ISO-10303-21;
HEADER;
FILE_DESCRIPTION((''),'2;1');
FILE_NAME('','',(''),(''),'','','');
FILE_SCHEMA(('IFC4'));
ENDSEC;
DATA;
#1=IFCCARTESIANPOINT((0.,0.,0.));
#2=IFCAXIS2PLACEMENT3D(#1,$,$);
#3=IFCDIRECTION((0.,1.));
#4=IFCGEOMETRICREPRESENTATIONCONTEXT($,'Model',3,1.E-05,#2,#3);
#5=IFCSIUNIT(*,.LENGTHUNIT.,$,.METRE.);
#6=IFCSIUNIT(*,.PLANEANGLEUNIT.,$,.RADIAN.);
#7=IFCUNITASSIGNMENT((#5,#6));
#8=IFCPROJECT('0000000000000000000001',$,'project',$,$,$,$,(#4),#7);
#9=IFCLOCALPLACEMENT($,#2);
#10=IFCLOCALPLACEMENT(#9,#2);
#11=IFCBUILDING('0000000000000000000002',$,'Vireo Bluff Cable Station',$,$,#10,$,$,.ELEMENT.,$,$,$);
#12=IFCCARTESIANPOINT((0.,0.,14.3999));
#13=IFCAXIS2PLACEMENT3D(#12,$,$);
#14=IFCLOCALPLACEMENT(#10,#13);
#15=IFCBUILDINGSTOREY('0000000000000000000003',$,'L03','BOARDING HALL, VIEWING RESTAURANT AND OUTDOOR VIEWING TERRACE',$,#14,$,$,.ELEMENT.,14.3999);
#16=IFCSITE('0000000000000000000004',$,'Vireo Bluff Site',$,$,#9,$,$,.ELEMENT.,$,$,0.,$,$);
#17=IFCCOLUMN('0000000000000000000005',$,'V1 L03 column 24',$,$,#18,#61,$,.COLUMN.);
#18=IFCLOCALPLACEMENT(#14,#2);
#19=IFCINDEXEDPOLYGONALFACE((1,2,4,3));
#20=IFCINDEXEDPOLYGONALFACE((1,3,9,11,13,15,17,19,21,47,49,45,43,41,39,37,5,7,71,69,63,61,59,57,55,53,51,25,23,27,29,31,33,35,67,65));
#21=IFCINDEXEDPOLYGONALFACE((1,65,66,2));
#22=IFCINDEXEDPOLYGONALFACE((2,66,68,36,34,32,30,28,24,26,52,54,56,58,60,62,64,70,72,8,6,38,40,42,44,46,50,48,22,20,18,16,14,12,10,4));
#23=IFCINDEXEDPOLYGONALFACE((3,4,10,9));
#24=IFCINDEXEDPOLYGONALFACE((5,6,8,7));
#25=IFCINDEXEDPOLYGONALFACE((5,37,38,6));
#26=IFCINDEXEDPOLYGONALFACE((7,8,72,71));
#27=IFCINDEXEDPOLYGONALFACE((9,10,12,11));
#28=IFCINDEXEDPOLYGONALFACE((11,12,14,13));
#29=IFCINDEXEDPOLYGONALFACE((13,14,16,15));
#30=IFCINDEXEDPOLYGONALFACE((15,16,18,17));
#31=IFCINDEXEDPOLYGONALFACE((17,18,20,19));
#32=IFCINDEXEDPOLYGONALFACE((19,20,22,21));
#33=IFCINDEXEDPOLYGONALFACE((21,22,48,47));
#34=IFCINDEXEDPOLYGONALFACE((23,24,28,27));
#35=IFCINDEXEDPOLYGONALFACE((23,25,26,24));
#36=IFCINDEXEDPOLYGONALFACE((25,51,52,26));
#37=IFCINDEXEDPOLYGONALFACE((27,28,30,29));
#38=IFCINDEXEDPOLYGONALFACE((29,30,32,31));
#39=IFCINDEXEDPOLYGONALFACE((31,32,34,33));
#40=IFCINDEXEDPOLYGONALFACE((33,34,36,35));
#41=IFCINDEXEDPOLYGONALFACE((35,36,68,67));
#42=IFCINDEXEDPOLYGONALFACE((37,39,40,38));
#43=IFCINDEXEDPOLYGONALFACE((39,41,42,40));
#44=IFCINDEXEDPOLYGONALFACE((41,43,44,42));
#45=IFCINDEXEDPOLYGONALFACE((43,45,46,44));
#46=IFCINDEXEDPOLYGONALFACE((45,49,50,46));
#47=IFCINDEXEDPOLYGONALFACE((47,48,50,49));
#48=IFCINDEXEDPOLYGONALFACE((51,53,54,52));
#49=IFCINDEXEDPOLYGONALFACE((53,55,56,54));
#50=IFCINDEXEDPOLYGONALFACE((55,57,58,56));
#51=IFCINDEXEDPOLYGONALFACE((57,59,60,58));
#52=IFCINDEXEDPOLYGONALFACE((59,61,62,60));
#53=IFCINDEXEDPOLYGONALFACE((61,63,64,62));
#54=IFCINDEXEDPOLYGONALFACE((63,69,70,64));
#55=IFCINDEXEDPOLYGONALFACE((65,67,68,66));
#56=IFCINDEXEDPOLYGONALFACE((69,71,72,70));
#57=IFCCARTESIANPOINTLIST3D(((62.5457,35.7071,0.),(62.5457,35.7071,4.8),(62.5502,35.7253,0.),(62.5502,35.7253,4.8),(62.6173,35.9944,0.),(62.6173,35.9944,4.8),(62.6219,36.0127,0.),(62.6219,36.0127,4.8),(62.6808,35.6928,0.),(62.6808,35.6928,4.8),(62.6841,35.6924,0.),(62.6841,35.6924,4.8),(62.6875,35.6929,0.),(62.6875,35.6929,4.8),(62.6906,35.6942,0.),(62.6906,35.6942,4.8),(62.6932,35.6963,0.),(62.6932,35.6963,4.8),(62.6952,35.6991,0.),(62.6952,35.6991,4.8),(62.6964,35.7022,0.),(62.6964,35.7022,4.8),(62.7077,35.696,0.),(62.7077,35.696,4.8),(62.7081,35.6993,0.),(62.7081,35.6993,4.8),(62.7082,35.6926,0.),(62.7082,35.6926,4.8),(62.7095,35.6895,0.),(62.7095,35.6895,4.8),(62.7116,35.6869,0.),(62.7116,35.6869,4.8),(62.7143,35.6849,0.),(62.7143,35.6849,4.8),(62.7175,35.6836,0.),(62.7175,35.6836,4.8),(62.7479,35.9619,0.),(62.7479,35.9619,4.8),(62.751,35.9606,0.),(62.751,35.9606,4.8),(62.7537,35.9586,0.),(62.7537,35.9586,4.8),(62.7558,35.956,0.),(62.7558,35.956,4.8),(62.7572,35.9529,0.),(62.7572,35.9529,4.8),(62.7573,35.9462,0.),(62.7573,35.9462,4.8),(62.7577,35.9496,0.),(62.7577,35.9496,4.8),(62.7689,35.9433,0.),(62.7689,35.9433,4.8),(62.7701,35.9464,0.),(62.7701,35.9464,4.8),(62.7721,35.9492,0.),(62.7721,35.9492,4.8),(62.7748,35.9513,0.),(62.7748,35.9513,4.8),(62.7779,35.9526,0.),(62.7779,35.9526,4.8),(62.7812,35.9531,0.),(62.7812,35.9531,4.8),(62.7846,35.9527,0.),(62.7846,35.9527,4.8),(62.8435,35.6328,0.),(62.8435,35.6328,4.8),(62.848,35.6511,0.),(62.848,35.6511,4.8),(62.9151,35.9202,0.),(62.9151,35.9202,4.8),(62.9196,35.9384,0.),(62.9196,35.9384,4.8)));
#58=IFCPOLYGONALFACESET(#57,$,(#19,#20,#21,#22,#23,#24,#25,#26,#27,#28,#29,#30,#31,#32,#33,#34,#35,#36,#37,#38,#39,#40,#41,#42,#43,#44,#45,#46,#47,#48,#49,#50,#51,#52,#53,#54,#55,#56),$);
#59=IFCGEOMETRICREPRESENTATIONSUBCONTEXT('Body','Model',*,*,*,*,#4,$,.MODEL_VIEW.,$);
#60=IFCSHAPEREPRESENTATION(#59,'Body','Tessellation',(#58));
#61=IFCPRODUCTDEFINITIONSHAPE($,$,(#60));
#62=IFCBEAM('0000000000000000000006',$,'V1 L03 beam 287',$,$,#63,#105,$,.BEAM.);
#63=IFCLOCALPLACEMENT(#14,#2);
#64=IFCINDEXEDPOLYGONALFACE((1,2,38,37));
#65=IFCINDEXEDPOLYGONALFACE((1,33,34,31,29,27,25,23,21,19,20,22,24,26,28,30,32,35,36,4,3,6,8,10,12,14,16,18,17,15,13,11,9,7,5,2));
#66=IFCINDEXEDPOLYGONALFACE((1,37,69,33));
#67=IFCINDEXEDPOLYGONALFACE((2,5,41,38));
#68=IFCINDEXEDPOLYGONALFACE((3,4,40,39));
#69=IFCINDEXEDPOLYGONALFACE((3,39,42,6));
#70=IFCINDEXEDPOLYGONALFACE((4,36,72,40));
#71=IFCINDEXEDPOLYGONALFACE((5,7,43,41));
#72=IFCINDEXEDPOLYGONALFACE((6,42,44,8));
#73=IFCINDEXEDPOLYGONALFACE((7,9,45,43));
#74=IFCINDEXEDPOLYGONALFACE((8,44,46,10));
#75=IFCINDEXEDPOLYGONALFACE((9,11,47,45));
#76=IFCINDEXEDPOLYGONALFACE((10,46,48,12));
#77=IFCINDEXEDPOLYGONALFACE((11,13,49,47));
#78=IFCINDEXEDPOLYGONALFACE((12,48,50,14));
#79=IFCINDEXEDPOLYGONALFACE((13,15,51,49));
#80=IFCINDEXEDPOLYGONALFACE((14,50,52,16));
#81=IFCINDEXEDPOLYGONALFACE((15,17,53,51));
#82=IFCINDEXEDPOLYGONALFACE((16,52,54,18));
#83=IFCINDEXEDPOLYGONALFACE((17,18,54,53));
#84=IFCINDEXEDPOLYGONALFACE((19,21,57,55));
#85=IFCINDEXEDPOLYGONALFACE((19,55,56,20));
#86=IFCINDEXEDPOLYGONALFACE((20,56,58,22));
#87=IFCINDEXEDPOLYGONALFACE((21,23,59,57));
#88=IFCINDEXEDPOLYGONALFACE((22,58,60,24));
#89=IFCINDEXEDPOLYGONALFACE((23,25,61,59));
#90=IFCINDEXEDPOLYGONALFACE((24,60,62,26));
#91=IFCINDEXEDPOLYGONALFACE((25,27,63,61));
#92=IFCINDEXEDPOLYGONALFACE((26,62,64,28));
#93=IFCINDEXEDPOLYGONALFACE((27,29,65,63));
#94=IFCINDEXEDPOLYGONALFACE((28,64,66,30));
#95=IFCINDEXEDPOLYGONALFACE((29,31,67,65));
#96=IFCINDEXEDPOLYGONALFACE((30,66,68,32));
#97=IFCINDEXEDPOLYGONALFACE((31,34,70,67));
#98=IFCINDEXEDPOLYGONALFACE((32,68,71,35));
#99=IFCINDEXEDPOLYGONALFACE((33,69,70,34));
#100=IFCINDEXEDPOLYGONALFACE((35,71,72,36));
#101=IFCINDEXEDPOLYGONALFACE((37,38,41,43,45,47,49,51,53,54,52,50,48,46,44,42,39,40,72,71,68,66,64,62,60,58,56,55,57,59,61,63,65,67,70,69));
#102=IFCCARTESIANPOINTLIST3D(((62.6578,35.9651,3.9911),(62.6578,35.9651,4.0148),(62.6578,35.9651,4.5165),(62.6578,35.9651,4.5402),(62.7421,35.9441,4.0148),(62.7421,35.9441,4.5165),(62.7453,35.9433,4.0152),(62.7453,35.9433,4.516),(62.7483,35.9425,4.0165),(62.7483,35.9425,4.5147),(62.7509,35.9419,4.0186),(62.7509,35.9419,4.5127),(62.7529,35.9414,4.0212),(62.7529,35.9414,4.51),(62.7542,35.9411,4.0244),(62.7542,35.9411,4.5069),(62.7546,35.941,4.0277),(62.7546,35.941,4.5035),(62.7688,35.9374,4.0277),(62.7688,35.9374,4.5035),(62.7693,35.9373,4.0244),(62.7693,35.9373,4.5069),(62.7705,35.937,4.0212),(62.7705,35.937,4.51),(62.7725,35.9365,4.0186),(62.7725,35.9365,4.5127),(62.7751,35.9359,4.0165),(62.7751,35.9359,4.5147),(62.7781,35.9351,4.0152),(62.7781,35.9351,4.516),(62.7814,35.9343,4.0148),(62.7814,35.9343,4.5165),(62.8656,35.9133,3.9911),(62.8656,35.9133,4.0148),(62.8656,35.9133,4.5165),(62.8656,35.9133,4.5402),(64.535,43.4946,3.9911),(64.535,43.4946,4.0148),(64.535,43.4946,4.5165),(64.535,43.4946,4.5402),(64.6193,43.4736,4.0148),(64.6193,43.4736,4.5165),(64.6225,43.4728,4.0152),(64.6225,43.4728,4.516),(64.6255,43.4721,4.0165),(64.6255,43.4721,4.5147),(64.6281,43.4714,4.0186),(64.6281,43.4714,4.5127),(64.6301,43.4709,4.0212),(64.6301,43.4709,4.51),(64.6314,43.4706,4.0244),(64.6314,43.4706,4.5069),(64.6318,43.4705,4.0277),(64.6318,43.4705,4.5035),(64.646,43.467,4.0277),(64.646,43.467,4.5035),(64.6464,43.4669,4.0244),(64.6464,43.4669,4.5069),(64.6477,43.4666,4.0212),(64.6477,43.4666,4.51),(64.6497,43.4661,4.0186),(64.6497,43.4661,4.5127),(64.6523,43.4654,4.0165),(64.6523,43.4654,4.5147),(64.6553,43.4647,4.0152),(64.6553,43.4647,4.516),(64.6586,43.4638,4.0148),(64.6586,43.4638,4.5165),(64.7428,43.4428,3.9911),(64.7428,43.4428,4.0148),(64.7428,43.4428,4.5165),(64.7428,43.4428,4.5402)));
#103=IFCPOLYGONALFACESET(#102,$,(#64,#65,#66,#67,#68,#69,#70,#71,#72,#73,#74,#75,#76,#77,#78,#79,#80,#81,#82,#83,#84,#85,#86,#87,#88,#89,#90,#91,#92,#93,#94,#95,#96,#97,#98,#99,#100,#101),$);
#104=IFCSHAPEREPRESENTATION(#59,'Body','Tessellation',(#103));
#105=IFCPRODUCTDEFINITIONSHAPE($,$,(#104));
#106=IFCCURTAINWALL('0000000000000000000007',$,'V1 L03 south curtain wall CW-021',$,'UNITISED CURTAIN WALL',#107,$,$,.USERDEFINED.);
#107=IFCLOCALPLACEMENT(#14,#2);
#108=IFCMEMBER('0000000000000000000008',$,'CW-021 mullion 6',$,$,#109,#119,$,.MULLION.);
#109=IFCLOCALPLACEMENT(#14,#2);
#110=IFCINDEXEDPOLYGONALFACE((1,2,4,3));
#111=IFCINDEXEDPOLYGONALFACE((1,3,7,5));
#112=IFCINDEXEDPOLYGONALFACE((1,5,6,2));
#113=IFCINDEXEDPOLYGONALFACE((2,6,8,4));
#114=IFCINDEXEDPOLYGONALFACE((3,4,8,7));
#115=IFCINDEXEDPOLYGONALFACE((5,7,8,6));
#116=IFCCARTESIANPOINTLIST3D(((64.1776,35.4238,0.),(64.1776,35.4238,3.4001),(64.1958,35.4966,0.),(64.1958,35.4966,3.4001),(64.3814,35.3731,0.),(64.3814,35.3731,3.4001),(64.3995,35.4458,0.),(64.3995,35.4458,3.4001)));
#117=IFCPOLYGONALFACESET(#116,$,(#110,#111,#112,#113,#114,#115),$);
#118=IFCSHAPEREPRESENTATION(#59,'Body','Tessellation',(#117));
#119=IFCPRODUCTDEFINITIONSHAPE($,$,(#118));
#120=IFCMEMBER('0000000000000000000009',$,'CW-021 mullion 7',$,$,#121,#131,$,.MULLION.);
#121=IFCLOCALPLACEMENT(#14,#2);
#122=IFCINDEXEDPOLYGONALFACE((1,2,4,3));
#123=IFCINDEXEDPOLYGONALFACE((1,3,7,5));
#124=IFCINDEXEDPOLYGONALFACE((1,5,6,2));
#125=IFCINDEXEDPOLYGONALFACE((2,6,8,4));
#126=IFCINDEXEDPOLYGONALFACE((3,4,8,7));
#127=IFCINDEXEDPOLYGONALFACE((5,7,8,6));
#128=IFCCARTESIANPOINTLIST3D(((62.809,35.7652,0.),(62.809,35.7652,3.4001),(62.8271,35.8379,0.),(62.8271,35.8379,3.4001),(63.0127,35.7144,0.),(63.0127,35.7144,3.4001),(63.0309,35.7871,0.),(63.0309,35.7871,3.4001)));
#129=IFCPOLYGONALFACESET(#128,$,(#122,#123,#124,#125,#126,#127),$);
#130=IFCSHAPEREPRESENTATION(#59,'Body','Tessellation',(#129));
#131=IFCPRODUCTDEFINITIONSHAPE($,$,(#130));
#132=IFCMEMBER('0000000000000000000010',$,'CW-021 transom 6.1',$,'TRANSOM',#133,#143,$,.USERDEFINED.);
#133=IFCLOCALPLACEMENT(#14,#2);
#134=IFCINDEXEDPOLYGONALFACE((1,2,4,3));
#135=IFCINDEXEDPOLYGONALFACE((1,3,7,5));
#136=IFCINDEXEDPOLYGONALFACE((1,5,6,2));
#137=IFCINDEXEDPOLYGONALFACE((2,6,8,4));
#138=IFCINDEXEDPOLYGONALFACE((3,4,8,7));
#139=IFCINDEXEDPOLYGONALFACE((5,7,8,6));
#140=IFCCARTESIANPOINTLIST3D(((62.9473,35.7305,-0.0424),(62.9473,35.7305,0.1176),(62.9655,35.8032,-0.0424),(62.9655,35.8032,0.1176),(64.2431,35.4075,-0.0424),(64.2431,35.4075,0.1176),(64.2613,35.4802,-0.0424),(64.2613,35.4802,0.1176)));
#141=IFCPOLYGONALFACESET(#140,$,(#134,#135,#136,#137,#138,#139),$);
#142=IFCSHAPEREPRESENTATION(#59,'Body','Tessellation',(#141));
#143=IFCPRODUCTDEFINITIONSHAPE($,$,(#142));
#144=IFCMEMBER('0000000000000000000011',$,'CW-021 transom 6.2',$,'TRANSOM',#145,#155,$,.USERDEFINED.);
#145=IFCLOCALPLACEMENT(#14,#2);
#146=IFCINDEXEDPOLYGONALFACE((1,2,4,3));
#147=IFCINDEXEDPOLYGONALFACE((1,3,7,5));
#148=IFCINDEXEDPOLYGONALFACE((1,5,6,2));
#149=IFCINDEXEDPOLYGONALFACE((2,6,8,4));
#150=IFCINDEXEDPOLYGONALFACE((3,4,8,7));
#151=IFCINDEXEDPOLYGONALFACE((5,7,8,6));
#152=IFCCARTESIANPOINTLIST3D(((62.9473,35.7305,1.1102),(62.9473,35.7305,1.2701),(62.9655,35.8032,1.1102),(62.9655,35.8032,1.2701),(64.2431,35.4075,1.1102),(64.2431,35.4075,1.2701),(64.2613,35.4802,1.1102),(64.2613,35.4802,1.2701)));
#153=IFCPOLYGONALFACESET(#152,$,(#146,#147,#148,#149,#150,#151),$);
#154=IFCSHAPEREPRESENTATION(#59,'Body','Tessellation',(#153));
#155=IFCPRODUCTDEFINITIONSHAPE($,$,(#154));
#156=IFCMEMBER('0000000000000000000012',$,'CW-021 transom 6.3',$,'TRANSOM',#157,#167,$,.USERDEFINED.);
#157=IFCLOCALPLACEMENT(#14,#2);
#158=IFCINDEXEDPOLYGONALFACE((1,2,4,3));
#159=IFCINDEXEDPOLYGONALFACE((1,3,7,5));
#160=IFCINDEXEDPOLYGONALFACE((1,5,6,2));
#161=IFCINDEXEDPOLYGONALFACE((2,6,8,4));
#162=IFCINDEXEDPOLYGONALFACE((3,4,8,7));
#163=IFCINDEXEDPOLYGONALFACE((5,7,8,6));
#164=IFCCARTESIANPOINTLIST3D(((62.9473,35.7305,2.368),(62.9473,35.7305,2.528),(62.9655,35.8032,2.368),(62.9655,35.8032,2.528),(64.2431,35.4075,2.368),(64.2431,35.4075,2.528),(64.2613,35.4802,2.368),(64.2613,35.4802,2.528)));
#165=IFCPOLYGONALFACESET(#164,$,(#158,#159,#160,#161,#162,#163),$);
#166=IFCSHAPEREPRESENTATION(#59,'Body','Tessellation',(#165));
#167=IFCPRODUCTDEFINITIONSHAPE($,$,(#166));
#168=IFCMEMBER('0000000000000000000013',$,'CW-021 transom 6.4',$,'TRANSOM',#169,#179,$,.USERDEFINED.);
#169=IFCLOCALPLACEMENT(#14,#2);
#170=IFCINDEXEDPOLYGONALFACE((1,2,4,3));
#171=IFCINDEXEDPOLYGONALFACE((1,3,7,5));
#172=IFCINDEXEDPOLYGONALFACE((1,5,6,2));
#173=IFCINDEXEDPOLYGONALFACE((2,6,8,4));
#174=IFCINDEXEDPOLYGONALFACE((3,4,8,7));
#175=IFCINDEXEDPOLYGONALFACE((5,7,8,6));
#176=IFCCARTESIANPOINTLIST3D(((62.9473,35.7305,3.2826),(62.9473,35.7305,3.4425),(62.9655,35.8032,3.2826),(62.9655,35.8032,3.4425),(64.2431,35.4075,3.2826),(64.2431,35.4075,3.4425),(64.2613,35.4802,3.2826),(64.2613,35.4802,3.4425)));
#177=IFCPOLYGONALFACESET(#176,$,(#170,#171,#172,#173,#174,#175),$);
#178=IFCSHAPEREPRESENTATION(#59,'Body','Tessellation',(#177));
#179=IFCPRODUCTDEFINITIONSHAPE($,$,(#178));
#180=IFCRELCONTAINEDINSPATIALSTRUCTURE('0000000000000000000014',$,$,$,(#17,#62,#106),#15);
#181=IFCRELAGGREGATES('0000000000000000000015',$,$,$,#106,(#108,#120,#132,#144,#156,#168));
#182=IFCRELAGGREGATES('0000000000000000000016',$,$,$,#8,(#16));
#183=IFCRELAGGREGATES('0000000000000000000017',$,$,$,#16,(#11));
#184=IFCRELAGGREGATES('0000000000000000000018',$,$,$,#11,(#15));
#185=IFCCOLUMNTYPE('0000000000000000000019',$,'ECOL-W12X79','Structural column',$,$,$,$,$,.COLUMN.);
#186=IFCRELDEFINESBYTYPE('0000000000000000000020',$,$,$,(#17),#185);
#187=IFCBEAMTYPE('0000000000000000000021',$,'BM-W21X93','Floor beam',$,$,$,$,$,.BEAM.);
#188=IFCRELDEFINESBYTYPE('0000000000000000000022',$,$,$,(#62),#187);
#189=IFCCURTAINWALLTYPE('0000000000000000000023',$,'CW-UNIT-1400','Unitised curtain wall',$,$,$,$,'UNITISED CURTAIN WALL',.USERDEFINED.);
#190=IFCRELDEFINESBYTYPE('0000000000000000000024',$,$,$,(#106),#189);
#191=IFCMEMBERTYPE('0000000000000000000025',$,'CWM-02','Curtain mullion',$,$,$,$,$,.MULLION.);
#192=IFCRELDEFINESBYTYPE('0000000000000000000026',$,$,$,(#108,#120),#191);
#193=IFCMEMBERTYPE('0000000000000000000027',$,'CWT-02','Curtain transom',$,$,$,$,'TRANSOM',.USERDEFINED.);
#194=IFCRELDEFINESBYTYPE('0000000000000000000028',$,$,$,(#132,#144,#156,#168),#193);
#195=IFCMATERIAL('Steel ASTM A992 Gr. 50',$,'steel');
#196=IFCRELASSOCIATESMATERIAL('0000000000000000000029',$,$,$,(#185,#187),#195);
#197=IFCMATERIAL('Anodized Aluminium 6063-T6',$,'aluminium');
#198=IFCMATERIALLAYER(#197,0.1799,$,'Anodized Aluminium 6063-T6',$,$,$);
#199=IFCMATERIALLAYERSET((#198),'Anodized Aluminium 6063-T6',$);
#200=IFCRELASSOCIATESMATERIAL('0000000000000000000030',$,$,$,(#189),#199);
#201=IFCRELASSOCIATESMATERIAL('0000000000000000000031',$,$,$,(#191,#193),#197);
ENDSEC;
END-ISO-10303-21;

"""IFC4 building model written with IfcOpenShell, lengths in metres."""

from ifc_helpers import new_model, si_unit, direction, frame, origin, origin_2d, place, context, subcontext, project, spatial, rectangle, i_section, extrude, material, layer, layer_set, material_profile, profile_set, type_object, element, aggregate, save


model = new_model("IFC4")

# Units and contexts
model_context = context("Model", 3, precision=1e-05, world=origin(), true_north=direction((0.0, 1.0)))
body_context = subcontext(model_context, "Body", "Model", "MODEL_VIEW")
ifc_project = project(units=[si_unit("LENGTHUNIT", "METRE"), si_unit("PLANEANGLEUNIT", "RADIAN")], contexts=[model_context])

# Site, building, storey
site_placement = place(None, origin())
site = spatial("IfcSite", under=ifc_project, at=site_placement, Name="Vireo Bluff Site", CompositionType="ELEMENT", RefElevation=0.0)
building_placement = place(site_placement, origin())
building = spatial("IfcBuilding", under=site, at=building_placement, Name="Vireo Bluff Cable Station", CompositionType="ELEMENT")
storey_placement = place(building_placement, frame((0.0, 0.0, 14.3999)))
storey = spatial("IfcBuildingStorey", under=building, at=storey_placement, Name="L03", Description="BOARDING HALL, VIEWING RESTAURANT AND OUTDOOR VIEWING TERRACE", CompositionType="ELEMENT", Elevation=14.3999)

# Column
ifc_material_1 = material(Name="Steel ASTM A992 Gr. 50", Category="steel")
ifc_material_profile_1 = material_profile(ifc_material_1, i_section(OverallWidth=0.3069, OverallDepth=0.3149, WebThickness=0.012, FlangeThickness=0.0188, FilletRadius=0.0129, at=origin_2d()), Name="W12X79")
ifc_profile_set_1 = profile_set([ifc_material_profile_1], Name="Steel ASTM A992 Gr. 50")
column_type = type_object("IfcColumnType", Name="ECOL-W12X79", Description="Structural column", PredefinedType="COLUMN", material=ifc_profile_set_1)
column_placement = place(storey_placement, frame((62.7327, 35.8228, 0.0), z_axis=(0.0, 0.0, 1.0), x_axis=(0.970296, -0.241922, 0.0)))
element("IfcColumn", 1, at=column_placement, inside=storey, type_object=column_type, Name="V1 L03 column 24", PredefinedType="COLUMN", context=body_context, shape_type="SweptSolid", body=[
    extrude(i_section(OverallWidth=0.3069, OverallDepth=0.3149, WebThickness=0.012, FlangeThickness=0.0188, FilletRadius=0.0129, at=origin_2d()), origin(), (0.0, 0.0, 1.0), 4.8),
])

# Beam
ifc_material_profile_2 = material_profile(ifc_material_1, i_section(OverallWidth=0.2141, OverallDepth=0.5491, WebThickness=0.0146, FlangeThickness=0.0237, FilletRadius=0.0129, at=origin_2d()), Name="W21X93")
ifc_profile_set_2 = profile_set([ifc_material_profile_2], Name="Steel ASTM A992 Gr. 50")
beam_type_1 = type_object("IfcBeamType", Name="BM-W21X93", Description="Floor beam", PredefinedType="BEAM", material=ifc_profile_set_2)
beam_1_placement = place(storey_placement, frame((62.7617, 35.9392, 4.2656), z_axis=(0.241906, 0.9703, 0.0), x_axis=(-0.9703, 0.241906, 0.0)))
element("IfcBeam", 2, at=beam_1_placement, inside=storey, type_object=beam_type_1, Name="V1 L03 beam 287", PredefinedType="BEAM", context=body_context, shape_type="SweptSolid", body=[
    extrude(i_section(OverallWidth=0.2141, OverallDepth=0.5491, WebThickness=0.0146, FlangeThickness=0.0237, FilletRadius=0.0129, at=origin_2d()), origin(), (0.0, 0.0, 1.0), 7.76),
])

# Curtain wall, members
ifc_material_2 = material(Name="Anodized Aluminium 6063-T6", Category="aluminium")
ifc_layer_1 = layer(ifc_material_2, 0.1799, Name="Anodized Aluminium 6063-T6")
ifc_layer_set_1 = layer_set([ifc_layer_1], Name="Anodized Aluminium 6063-T6")
curtain_wall_type = type_object("IfcCurtainWallType", Name="CW-UNIT-1400", Description="Unitised curtain wall", ElementType="UNITISED CURTAIN WALL", PredefinedType="USERDEFINED", material=ifc_layer_set_1)
curtain_wall_placement = place(storey_placement, origin())
curtain_wall = element("IfcCurtainWall", 3, at=curtain_wall_placement, inside=storey, type_object=curtain_wall_type, Name="V1 L03 south curtain wall CW-021", ObjectType="UNITISED CURTAIN WALL", PredefinedType="USERDEFINED")
ifc_material_profile_3 = material_profile(ifc_material_2, rectangle(XDim=0.075, YDim=0.21, at=origin_2d()), Name="ALU-M-75X210")
ifc_profile_set_3 = profile_set([ifc_material_profile_3], Name="Anodized Aluminium 6063-T6")
member_type_1 = type_object("IfcMemberType", Name="CWM-02", Description="Curtain mullion", PredefinedType="MULLION", material=ifc_profile_set_3)
member_1_placement = place(storey_placement, frame((64.2886, 35.4348, 0.0), z_axis=(0.0, 0.0, 1.0), x_axis=(-0.241922, -0.970296, 0.0)))
member_1 = element("IfcMember", 4, at=member_1_placement, type_object=member_type_1, Name="CW-021 mullion 6", PredefinedType="MULLION", context=body_context, shape_type="SweptSolid", body=[
    extrude(rectangle(XDim=0.075, YDim=0.21, at=origin_2d()), origin(), (0.0, 0.0, 1.0), 3.4001),
])
member_2_placement = place(storey_placement, frame((62.9199, 35.7761, 0.0), z_axis=(0.0, 0.0, 1.0), x_axis=(-0.241922, -0.970296, 0.0)))
member_2 = element("IfcMember", 5, at=member_2_placement, type_object=member_type_1, Name="CW-021 mullion 7", PredefinedType="MULLION", context=body_context, shape_type="SweptSolid", body=[
    extrude(rectangle(XDim=0.075, YDim=0.21, at=origin_2d()), origin(), (0.0, 0.0, 1.0), 3.4001),
])
ifc_material_profile_4 = material_profile(ifc_material_2, rectangle(XDim=0.075, YDim=0.1599, at=origin_2d()), Name="ALU-T-75X160")
ifc_profile_set_4 = profile_set([ifc_material_profile_4], Name="Anodized Aluminium 6063-T6")
member_type_2 = type_object("IfcMemberType", Name="CWT-02", Description="Curtain transom", ElementType="TRANSOM", PredefinedType="USERDEFINED", material=ifc_profile_set_4)
member_3_placement = place(storey_placement, frame((64.2522, 35.4438, 0.0376), z_axis=(-0.970314, 0.241847, 0.0), x_axis=(-0.241847, -0.970314, 0.0)))
member_3 = element("IfcMember", 6, at=member_3_placement, type_object=member_type_2, Name="CW-021 transom 6.1", ObjectType="TRANSOM", PredefinedType="USERDEFINED", context=body_context, shape_type="SweptSolid", body=[
    extrude(rectangle(XDim=0.075, YDim=0.1599, at=origin_2d()), origin(), (0.0, 0.0, 1.0), 1.3354),
])
member_4_placement = place(storey_placement, frame((64.2522, 35.4438, 1.1902), z_axis=(-0.970314, 0.241847, 0.0), x_axis=(-0.241847, -0.970314, 0.0)))
member_4 = element("IfcMember", 7, at=member_4_placement, type_object=member_type_2, Name="CW-021 transom 6.2", ObjectType="TRANSOM", PredefinedType="USERDEFINED", context=body_context, shape_type="SweptSolid", body=[
    extrude(rectangle(XDim=0.075, YDim=0.1599, at=origin_2d()), origin(), (0.0, 0.0, 1.0), 1.3354),
])
member_5_placement = place(storey_placement, frame((64.2522, 35.4438, 2.448), z_axis=(-0.970314, 0.241847, 0.0), x_axis=(-0.241847, -0.970314, 0.0)))
member_5 = element("IfcMember", 8, at=member_5_placement, type_object=member_type_2, Name="CW-021 transom 6.3", ObjectType="TRANSOM", PredefinedType="USERDEFINED", context=body_context, shape_type="SweptSolid", body=[
    extrude(rectangle(XDim=0.075, YDim=0.1599, at=origin_2d()), origin(), (0.0, 0.0, 1.0), 1.3354),
])
member_6_placement = place(storey_placement, frame((64.2522, 35.4438, 3.3625), z_axis=(-0.970314, 0.241847, 0.0), x_axis=(-0.241847, -0.970314, 0.0)))
member_6 = element("IfcMember", 9, at=member_6_placement, type_object=member_type_2, Name="CW-021 transom 6.4", ObjectType="TRANSOM", PredefinedType="USERDEFINED", context=body_context, shape_type="SweptSolid", body=[
    extrude(rectangle(XDim=0.075, YDim=0.1599, at=origin_2d()), origin(), (0.0, 0.0, 1.0), 1.3354),
])

aggregate(curtain_wall, [member_1, member_2, member_3, member_4, member_5, member_6])

save(model, "model.ifc")
